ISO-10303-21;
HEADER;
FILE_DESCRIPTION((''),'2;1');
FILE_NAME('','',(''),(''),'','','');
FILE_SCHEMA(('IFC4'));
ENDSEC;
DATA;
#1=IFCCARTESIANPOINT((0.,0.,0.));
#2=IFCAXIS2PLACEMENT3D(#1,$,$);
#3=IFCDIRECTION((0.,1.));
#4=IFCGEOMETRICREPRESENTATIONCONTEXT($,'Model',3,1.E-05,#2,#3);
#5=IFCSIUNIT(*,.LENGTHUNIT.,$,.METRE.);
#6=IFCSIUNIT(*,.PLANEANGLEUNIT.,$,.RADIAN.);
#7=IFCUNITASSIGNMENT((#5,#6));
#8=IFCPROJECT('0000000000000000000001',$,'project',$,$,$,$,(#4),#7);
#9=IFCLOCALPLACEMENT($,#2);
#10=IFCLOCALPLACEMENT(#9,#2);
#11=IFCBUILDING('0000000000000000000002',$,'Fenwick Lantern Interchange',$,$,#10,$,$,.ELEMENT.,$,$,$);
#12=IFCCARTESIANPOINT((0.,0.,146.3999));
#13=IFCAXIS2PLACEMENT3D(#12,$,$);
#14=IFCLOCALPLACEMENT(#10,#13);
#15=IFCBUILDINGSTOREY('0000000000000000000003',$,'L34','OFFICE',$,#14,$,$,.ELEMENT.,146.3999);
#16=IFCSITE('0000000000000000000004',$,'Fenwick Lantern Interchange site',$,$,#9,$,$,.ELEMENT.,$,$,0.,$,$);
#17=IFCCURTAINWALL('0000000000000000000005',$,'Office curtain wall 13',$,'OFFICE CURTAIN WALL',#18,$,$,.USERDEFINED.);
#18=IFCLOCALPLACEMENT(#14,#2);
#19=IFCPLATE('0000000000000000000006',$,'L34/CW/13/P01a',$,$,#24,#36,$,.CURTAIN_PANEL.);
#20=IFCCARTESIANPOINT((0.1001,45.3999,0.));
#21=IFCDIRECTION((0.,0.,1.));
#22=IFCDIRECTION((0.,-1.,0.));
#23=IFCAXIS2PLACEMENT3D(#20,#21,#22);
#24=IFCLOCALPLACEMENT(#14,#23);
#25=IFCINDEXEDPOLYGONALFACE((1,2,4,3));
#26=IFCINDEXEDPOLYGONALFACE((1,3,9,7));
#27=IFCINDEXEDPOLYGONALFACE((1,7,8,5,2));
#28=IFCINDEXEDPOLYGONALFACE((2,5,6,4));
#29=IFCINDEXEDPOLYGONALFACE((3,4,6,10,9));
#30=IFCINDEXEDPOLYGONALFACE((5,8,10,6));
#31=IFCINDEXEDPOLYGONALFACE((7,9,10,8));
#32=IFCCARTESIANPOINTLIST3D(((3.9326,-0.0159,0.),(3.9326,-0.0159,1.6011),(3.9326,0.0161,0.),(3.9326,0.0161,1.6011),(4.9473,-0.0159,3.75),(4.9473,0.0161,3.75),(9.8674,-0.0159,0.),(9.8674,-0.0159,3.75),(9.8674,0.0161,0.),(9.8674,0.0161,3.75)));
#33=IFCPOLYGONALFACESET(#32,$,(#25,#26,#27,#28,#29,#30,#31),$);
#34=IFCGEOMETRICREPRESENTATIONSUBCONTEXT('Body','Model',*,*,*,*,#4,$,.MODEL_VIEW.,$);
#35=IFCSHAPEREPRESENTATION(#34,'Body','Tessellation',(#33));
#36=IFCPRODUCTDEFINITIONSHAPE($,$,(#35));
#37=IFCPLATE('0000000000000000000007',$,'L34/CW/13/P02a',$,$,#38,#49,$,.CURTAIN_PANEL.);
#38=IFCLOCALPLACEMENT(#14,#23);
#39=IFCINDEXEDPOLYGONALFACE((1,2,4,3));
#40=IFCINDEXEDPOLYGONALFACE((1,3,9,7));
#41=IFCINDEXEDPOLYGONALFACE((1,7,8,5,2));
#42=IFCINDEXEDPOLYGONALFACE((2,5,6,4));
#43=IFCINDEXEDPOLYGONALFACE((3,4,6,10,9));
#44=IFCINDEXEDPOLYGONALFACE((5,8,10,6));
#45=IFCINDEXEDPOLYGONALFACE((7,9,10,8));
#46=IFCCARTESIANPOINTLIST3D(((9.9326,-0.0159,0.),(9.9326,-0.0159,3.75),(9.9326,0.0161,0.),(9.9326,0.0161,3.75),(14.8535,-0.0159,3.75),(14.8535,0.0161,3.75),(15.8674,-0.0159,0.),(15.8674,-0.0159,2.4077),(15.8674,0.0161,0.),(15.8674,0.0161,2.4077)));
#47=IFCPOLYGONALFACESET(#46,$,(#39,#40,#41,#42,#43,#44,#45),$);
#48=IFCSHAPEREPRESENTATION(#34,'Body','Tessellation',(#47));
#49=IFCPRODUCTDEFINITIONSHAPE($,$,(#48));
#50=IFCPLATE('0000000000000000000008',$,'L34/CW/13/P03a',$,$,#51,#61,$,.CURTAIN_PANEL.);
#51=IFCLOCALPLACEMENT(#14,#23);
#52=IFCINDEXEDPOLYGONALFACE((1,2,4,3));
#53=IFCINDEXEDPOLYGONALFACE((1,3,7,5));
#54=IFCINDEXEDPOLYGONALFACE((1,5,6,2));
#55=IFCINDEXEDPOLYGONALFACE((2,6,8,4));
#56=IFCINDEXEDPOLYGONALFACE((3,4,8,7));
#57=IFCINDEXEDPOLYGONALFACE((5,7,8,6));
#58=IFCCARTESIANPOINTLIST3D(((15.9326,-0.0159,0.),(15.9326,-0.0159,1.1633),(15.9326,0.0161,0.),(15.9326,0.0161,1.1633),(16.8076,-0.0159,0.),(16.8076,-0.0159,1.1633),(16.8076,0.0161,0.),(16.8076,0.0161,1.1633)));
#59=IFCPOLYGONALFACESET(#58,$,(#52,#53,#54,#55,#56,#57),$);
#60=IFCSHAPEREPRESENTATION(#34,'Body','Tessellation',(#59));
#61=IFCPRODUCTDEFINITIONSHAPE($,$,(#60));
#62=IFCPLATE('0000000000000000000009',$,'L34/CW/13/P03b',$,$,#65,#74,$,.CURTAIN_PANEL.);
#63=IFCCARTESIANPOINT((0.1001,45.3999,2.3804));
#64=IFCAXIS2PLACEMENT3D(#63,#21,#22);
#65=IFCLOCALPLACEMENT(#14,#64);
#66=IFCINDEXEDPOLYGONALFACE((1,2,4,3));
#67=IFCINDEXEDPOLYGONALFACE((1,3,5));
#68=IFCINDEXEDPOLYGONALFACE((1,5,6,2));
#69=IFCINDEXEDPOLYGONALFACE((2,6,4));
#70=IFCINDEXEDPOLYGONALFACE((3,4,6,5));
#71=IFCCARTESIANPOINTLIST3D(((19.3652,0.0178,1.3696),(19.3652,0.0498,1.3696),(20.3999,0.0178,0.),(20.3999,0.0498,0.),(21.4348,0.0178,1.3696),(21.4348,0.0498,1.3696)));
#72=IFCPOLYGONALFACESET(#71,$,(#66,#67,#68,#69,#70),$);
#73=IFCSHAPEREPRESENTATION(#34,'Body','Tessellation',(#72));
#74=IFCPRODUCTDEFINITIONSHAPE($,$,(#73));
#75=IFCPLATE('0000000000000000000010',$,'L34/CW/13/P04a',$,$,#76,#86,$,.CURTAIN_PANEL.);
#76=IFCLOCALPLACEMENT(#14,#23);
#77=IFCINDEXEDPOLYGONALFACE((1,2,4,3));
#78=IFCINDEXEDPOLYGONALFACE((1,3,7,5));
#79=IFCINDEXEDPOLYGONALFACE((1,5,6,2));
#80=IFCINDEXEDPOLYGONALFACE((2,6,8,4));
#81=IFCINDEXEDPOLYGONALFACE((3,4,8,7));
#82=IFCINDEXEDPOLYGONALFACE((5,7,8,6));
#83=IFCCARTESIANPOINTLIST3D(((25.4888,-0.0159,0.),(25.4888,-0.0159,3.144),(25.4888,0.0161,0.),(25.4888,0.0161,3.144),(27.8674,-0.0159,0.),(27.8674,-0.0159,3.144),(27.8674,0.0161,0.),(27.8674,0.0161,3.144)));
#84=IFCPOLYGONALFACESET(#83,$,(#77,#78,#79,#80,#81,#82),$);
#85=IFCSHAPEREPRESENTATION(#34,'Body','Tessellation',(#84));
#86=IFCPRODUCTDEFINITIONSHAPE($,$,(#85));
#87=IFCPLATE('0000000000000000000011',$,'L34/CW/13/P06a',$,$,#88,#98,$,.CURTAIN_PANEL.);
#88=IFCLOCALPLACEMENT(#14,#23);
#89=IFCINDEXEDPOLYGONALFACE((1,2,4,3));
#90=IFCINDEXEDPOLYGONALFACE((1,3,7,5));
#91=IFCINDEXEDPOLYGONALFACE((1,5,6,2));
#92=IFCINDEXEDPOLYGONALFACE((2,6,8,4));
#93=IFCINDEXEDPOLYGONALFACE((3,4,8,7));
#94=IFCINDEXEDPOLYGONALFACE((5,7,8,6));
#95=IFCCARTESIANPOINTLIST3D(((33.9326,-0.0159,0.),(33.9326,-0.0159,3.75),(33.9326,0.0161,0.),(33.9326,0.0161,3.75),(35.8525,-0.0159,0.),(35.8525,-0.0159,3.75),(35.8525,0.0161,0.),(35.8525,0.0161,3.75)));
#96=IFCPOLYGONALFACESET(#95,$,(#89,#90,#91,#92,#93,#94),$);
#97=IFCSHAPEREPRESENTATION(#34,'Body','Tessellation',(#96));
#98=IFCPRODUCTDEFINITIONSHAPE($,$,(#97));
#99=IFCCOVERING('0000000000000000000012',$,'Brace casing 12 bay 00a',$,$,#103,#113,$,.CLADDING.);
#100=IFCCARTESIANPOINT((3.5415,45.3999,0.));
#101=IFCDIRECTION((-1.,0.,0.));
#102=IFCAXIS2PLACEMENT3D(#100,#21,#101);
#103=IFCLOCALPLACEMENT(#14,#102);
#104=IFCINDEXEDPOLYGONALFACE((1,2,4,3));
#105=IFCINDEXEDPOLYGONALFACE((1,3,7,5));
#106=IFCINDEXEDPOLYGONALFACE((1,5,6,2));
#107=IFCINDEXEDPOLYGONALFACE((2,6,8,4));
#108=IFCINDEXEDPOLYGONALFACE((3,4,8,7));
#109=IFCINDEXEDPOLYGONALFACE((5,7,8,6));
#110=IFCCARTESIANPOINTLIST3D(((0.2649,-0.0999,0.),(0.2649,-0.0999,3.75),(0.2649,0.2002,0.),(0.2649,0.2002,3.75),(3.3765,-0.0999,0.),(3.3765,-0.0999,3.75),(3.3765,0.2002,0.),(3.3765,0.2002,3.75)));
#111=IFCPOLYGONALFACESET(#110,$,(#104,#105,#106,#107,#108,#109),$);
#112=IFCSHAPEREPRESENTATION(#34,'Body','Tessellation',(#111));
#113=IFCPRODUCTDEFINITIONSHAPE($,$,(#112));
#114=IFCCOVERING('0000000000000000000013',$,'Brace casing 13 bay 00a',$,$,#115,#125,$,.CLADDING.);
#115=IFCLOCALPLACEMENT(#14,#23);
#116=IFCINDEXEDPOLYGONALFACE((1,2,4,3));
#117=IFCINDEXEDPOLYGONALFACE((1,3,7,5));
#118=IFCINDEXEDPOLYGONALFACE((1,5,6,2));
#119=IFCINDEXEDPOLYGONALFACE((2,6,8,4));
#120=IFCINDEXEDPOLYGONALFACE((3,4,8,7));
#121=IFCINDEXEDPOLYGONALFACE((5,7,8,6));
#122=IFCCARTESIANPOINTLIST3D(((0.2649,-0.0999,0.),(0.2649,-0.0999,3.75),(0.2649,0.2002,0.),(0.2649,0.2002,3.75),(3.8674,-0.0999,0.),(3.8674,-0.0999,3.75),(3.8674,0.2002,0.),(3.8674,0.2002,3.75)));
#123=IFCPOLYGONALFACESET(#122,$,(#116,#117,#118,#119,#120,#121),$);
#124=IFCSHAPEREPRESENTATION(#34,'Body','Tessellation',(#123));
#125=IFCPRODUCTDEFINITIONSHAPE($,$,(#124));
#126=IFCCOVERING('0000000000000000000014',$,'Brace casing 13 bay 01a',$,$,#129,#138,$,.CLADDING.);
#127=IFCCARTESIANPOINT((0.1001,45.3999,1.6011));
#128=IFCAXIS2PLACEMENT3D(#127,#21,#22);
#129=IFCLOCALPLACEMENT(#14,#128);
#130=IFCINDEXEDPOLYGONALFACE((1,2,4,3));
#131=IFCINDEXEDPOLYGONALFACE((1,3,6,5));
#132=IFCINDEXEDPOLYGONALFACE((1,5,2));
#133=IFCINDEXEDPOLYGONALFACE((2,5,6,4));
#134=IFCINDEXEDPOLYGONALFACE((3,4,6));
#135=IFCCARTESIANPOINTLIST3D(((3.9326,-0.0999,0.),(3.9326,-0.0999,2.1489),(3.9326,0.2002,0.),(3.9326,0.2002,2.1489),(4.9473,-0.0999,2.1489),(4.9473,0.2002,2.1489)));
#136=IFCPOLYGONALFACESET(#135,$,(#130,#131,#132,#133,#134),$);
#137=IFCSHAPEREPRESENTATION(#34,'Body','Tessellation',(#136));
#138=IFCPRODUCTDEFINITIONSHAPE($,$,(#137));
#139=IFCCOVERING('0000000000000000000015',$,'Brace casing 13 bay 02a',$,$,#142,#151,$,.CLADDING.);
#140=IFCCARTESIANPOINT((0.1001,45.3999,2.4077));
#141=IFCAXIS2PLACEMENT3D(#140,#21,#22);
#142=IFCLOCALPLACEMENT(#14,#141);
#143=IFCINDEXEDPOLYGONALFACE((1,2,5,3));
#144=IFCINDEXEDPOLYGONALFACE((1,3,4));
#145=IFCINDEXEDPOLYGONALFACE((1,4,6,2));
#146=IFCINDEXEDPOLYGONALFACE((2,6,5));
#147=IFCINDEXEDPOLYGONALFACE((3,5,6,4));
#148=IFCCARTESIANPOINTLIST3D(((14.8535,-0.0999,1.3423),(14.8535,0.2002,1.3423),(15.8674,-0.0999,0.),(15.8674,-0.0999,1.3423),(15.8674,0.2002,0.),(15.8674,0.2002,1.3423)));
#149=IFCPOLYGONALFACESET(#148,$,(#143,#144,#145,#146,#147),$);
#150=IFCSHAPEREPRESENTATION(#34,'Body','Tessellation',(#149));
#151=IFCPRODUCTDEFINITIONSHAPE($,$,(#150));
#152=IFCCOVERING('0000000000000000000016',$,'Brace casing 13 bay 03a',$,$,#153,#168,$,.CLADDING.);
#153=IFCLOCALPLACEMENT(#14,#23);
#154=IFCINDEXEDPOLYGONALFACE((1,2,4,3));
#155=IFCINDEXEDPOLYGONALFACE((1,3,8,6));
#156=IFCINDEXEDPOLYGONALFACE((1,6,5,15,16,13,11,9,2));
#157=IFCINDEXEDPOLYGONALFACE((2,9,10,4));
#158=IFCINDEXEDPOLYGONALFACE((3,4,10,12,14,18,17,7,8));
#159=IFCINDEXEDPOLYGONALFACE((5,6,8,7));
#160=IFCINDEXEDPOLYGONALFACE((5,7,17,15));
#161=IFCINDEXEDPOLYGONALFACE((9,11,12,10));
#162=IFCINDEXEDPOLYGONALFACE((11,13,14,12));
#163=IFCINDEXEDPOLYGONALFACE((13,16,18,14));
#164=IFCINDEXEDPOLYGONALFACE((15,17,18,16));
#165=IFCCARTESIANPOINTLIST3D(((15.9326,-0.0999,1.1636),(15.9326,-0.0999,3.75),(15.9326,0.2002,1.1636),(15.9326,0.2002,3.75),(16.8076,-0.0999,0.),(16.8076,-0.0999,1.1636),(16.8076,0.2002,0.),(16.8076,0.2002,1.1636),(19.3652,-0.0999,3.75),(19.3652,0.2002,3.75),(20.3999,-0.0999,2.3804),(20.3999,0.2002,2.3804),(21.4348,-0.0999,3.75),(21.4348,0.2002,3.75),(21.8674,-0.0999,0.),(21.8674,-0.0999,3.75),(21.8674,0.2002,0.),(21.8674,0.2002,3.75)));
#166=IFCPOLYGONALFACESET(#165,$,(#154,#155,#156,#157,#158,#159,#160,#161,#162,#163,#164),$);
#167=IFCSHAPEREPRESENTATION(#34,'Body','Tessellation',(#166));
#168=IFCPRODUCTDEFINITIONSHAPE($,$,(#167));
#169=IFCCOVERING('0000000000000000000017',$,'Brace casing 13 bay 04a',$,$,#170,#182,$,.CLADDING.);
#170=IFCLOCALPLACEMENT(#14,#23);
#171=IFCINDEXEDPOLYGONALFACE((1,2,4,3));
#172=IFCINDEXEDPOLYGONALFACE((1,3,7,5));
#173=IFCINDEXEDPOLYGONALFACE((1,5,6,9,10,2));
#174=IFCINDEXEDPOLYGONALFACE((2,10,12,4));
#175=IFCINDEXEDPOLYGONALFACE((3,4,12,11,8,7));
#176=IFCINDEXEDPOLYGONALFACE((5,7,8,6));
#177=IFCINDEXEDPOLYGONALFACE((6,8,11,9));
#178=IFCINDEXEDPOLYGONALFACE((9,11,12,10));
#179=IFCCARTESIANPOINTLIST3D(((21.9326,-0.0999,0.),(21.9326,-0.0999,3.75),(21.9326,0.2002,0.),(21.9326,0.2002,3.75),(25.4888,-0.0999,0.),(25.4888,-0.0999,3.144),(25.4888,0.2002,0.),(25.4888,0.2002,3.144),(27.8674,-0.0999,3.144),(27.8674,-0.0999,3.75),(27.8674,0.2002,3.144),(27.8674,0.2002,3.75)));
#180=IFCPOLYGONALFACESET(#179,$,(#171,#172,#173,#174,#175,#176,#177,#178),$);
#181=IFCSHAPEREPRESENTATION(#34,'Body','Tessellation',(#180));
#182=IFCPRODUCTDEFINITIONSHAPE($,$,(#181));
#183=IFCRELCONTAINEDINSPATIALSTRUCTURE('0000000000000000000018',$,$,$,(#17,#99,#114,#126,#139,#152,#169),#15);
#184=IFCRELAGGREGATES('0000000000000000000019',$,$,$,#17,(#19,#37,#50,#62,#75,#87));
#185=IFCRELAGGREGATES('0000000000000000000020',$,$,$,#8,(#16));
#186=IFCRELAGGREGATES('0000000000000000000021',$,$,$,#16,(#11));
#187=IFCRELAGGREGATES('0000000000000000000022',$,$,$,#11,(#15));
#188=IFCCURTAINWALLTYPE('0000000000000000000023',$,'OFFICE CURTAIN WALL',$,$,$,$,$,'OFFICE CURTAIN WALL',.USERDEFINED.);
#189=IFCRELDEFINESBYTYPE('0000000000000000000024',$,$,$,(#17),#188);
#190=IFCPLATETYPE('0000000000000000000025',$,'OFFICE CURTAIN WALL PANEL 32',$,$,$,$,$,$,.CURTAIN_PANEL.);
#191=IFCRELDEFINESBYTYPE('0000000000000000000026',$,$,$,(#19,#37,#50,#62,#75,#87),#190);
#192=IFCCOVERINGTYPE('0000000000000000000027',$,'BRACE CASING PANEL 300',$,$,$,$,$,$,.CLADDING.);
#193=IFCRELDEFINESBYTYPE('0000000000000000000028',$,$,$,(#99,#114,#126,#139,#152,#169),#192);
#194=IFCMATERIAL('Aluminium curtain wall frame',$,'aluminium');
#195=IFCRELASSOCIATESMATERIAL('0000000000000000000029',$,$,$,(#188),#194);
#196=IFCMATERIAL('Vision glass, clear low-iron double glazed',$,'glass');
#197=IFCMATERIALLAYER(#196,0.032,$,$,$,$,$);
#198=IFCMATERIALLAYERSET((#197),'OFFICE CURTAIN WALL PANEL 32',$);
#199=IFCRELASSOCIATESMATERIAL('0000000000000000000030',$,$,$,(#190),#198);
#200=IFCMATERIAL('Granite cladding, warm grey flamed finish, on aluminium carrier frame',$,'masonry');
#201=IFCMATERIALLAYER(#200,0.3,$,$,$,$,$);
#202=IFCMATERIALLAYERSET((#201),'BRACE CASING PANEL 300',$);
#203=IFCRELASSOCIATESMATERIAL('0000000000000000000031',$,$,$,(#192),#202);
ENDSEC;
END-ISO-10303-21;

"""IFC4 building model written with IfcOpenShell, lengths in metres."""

from ifc_helpers import new_model, si_unit, direction, frame, origin, place, context, subcontext, project, spatial, polyline, outline, extrude, material, layer, layer_set, type_object, element, aggregate, save


model = new_model("IFC4")

# Units and contexts
model_context = context("Model", 3, precision=1e-05, world=origin(), true_north=direction((0.0, 1.0)))
body_context = subcontext(model_context, "Body", "Model", "MODEL_VIEW")
ifc_project = project(units=[si_unit("LENGTHUNIT", "METRE"), si_unit("PLANEANGLEUNIT", "RADIAN")], contexts=[model_context])

# Site, building, storey
site_placement = place(None, origin())
site = spatial("IfcSite", under=ifc_project, at=site_placement, Name="Fenwick Lantern Interchange site", CompositionType="ELEMENT", RefElevation=0.0)
building_placement = place(site_placement, origin())
building = spatial("IfcBuilding", under=site, at=building_placement, Name="Fenwick Lantern Interchange", CompositionType="ELEMENT")
storey_placement = place(building_placement, frame((0.0, 0.0, 146.3999)))
storey = spatial("IfcBuildingStorey", under=building, at=storey_placement, Name="L34", Description="OFFICE", CompositionType="ELEMENT", Elevation=146.3999)

# Shared definitions
ifc_material_1 = material(Name="Aluminium curtain wall frame", Category="aluminium")
curtain_wall_type = type_object("IfcCurtainWallType", Name="OFFICE CURTAIN WALL", ElementType="OFFICE CURTAIN WALL", PredefinedType="USERDEFINED", material=ifc_material_1)

# Curtain wall
curtain_wall_1_placement = place(storey_placement, origin())
curtain_wall_1 = element("IfcCurtainWall", 1, at=curtain_wall_1_placement, inside=storey, type_object=curtain_wall_type, Name="Office curtain wall 13", ObjectType="OFFICE CURTAIN WALL", PredefinedType="USERDEFINED")

# Plates
ifc_material_2 = material(Name="Vision glass, clear low-iron double glazed", Category="glass")
ifc_layer_1 = layer(ifc_material_2, 0.032)
ifc_layer_set_1 = layer_set([ifc_layer_1], Name="OFFICE CURTAIN WALL PANEL 32")
plate_type = type_object("IfcPlateType", Name="OFFICE CURTAIN WALL PANEL 32", PredefinedType="CURTAIN_PANEL", material=ifc_layer_set_1)
plate_1_placement = place(storey_placement, frame((0.1001, 45.3999, 0.0), z_axis=(0.0, 0.0, 1.0), x_axis=(0.0, -1.0, 0.0)))
plate_1 = element("IfcPlate", 2, at=plate_1_placement, type_object=plate_type, Name="L34/CW/13/P01a", PredefinedType="CURTAIN_PANEL", context=body_context, shape_type="SweptSolid", body=[
    extrude(outline(polyline([(3.9326, 0.0), (9.8674, 0.0), (9.8674, 3.75), (4.9473, 3.75), (3.9326, 1.6011), (3.9326, 0.0)])), frame((0.0, 0.0161, 0.0), z_axis=(0.0, -1.0, 0.0), x_axis=(1.0, 0.0, 0.0)), (0.0, 0.0, 1.0), 0.032),
])
plate_2_placement = place(storey_placement, frame((0.1001, 45.3999, 0.0), z_axis=(0.0, 0.0, 1.0), x_axis=(0.0, -1.0, 0.0)))
plate_2 = element("IfcPlate", 3, at=plate_2_placement, type_object=plate_type, Name="L34/CW/13/P02a", PredefinedType="CURTAIN_PANEL", context=body_context, shape_type="SweptSolid", body=[
    extrude(outline(polyline([(9.9326, 0.0), (15.8674, 0.0), (15.8674, 2.4077), (14.8535, 3.75), (9.9326, 3.75), (9.9326, 0.0)])), frame((0.0, 0.0161, 0.0), z_axis=(0.0, -1.0, 0.0), x_axis=(1.0, 0.0, 0.0)), (0.0, 0.0, 1.0), 0.032),
])
plate_3_placement = place(storey_placement, frame((0.1001, 45.3999, 0.0), z_axis=(0.0, 0.0, 1.0), x_axis=(0.0, -1.0, 0.0)))
plate_3 = element("IfcPlate", 4, at=plate_3_placement, type_object=plate_type, Name="L34/CW/13/P03a", PredefinedType="CURTAIN_PANEL", context=body_context, shape_type="SweptSolid", body=[
    extrude(outline(polyline([(15.9326, 0.0), (16.8076, 0.0), (16.8076, 1.1633), (15.9326, 1.1633), (15.9326, 0.0)])), frame((0.0, 0.0161, 0.0), z_axis=(0.0, -1.0, 0.0), x_axis=(1.0, 0.0, 0.0)), (0.0, 0.0, 1.0), 0.032),
])
plate_4_placement = place(storey_placement, frame((0.1001, 45.3999, 2.3804), z_axis=(0.0, 0.0, 1.0), x_axis=(0.0, -1.0, 0.0)))
plate_4 = element("IfcPlate", 5, at=plate_4_placement, type_object=plate_type, Name="L34/CW/13/P03b", PredefinedType="CURTAIN_PANEL", context=body_context, shape_type="SweptSolid", body=[
    extrude(outline(polyline([(20.3999, 0.0), (21.4348, 1.3696), (19.3652, 1.3696), (20.3999, 0.0)])), frame((0.0, 0.0498, 0.0), z_axis=(0.0, -1.0, 0.0), x_axis=(1.0, 0.0, 0.0)), (0.0, 0.0, 1.0), 0.032),
])
plate_5_placement = place(storey_placement, frame((0.1001, 45.3999, 0.0), z_axis=(0.0, 0.0, 1.0), x_axis=(0.0, -1.0, 0.0)))
plate_5 = element("IfcPlate", 6, at=plate_5_placement, type_object=plate_type, Name="L34/CW/13/P04a", PredefinedType="CURTAIN_PANEL", context=body_context, shape_type="SweptSolid", body=[
    extrude(outline(polyline([(25.4888, 0.0), (27.8674, 0.0), (27.8674, 3.144), (25.4888, 3.144), (25.4888, 0.0)])), frame((0.0, 0.0161, 0.0), z_axis=(0.0, -1.0, 0.0), x_axis=(1.0, 0.0, 0.0)), (0.0, 0.0, 1.0), 0.032),
])
plate_6_placement = place(storey_placement, frame((0.1001, 45.3999, 0.0), z_axis=(0.0, 0.0, 1.0), x_axis=(0.0, -1.0, 0.0)))
plate_6 = element("IfcPlate", 7, at=plate_6_placement, type_object=plate_type, Name="L34/CW/13/P06a", PredefinedType="CURTAIN_PANEL", context=body_context, shape_type="SweptSolid", body=[
    extrude(outline(polyline([(33.9326, 0.0), (35.8525, 0.0), (35.8525, 3.75), (33.9326, 3.75), (33.9326, 0.0)])), frame((0.0, 0.0161, 0.0), z_axis=(0.0, -1.0, 0.0), x_axis=(1.0, 0.0, 0.0)), (0.0, 0.0, 1.0), 0.032),
])
aggregate(curtain_wall_1, [plate_1, plate_2, plate_3, plate_4, plate_5, plate_6])

# Coverings
ifc_material_3 = material(Name="Granite cladding, warm grey flamed finish, on aluminium carrier frame", Category="masonry")
ifc_layer_2 = layer(ifc_material_3, 0.3)
ifc_layer_set_2 = layer_set([ifc_layer_2], Name="BRACE CASING PANEL 300")
covering_type = type_object("IfcCoveringType", Name="BRACE CASING PANEL 300", PredefinedType="CLADDING", material=ifc_layer_set_2)
covering_1_placement = place(storey_placement, frame((3.5415, 45.3999, 0.0), z_axis=(0.0, 0.0, 1.0), x_axis=(-1.0, 0.0, 0.0)))
element("IfcCovering", 8, at=covering_1_placement, inside=storey, type_object=covering_type, Name="Brace casing 12 bay 00a", PredefinedType="CLADDING", context=body_context, shape_type="SweptSolid", body=[
    extrude(outline(polyline([(0.2649, 0.0), (3.3765, 0.0), (3.3765, 3.75), (0.2649, 3.75), (0.2649, 0.0)])), frame((0.0, 0.2002, 0.0), z_axis=(0.0, -1.0, 0.0), x_axis=(1.0, 0.0, 0.0)), (0.0, 0.0, 1.0), 0.3),
])
covering_2_placement = place(storey_placement, frame((0.1001, 45.3999, 0.0), z_axis=(0.0, 0.0, 1.0), x_axis=(0.0, -1.0, 0.0)))
element("IfcCovering", 9, at=covering_2_placement, inside=storey, type_object=covering_type, Name="Brace casing 13 bay 00a", PredefinedType="CLADDING", context=body_context, shape_type="SweptSolid", body=[
    extrude(outline(polyline([(0.2649, 0.0), (3.8674, 0.0), (3.8674, 3.75), (0.2649, 3.75), (0.2649, 0.0)])), frame((0.0, 0.2002, 0.0), z_axis=(0.0, -1.0, 0.0), x_axis=(1.0, 0.0, 0.0)), (0.0, 0.0, 1.0), 0.3),
])
covering_3_placement = place(storey_placement, frame((0.1001, 45.3999, 1.6011), z_axis=(0.0, 0.0, 1.0), x_axis=(0.0, -1.0, 0.0)))
element("IfcCovering", 10, at=covering_3_placement, inside=storey, type_object=covering_type, Name="Brace casing 13 bay 01a", PredefinedType="CLADDING", context=body_context, shape_type="SweptSolid", body=[
    extrude(outline(polyline([(3.9326, 0.0), (4.9473, 2.1489), (3.9326, 2.1489), (3.9326, 0.0)])), frame((0.0, 0.2002, 0.0), z_axis=(0.0, -1.0, 0.0), x_axis=(1.0, 0.0, 0.0)), (0.0, 0.0, 1.0), 0.3),
])
covering_4_placement = place(storey_placement, frame((0.1001, 45.3999, 2.4077), z_axis=(0.0, 0.0, 1.0), x_axis=(0.0, -1.0, 0.0)))
element("IfcCovering", 11, at=covering_4_placement, inside=storey, type_object=covering_type, Name="Brace casing 13 bay 02a", PredefinedType="CLADDING", context=body_context, shape_type="SweptSolid", body=[
    extrude(outline(polyline([(15.8674, 0.0), (15.8674, 1.3423), (14.8535, 1.3423), (15.8674, 0.0)])), frame((0.0, 0.2002, 0.0), z_axis=(0.0, -1.0, 0.0), x_axis=(1.0, 0.0, 0.0)), (0.0, 0.0, 1.0), 0.3),
])
covering_5_placement = place(storey_placement, frame((0.1001, 45.3999, 0.0), z_axis=(0.0, 0.0, 1.0), x_axis=(0.0, -1.0, 0.0)))
element("IfcCovering", 12, at=covering_5_placement, inside=storey, type_object=covering_type, Name="Brace casing 13 bay 03a", PredefinedType="CLADDING", context=body_context, shape_type="SweptSolid", body=[
    extrude(outline(polyline([(16.8076, 0.0), (21.8674, 0.0), (21.8674, 3.75), (21.4348, 3.75), (20.3999, 2.3804), (19.3652, 3.75), (15.9326, 3.75), (15.9326, 1.1636), (16.8076, 1.1636), (16.8076, 0.0)])), frame((0.0, 0.2002, 0.0), z_axis=(0.0, -1.0, 0.0), x_axis=(1.0, 0.0, 0.0)), (0.0, 0.0, 1.0), 0.3),
])
covering_6_placement = place(storey_placement, frame((0.1001, 45.3999, 0.0), z_axis=(0.0, 0.0, 1.0), x_axis=(0.0, -1.0, 0.0)))
element("IfcCovering", 13, at=covering_6_placement, inside=storey, type_object=covering_type, Name="Brace casing 13 bay 04a", PredefinedType="CLADDING", context=body_context, shape_type="SweptSolid", body=[
    extrude(outline(polyline([(21.9326, 0.0), (25.4888, 0.0), (25.4888, 3.144), (27.8674, 3.144), (27.8674, 3.75), (21.9326, 3.75), (21.9326, 0.0)])), frame((0.0, 0.2002, 0.0), z_axis=(0.0, -1.0, 0.0), x_axis=(1.0, 0.0, 0.0)), (0.0, 0.0, 1.0), 0.3),
])

save(model, "model.ifc")
